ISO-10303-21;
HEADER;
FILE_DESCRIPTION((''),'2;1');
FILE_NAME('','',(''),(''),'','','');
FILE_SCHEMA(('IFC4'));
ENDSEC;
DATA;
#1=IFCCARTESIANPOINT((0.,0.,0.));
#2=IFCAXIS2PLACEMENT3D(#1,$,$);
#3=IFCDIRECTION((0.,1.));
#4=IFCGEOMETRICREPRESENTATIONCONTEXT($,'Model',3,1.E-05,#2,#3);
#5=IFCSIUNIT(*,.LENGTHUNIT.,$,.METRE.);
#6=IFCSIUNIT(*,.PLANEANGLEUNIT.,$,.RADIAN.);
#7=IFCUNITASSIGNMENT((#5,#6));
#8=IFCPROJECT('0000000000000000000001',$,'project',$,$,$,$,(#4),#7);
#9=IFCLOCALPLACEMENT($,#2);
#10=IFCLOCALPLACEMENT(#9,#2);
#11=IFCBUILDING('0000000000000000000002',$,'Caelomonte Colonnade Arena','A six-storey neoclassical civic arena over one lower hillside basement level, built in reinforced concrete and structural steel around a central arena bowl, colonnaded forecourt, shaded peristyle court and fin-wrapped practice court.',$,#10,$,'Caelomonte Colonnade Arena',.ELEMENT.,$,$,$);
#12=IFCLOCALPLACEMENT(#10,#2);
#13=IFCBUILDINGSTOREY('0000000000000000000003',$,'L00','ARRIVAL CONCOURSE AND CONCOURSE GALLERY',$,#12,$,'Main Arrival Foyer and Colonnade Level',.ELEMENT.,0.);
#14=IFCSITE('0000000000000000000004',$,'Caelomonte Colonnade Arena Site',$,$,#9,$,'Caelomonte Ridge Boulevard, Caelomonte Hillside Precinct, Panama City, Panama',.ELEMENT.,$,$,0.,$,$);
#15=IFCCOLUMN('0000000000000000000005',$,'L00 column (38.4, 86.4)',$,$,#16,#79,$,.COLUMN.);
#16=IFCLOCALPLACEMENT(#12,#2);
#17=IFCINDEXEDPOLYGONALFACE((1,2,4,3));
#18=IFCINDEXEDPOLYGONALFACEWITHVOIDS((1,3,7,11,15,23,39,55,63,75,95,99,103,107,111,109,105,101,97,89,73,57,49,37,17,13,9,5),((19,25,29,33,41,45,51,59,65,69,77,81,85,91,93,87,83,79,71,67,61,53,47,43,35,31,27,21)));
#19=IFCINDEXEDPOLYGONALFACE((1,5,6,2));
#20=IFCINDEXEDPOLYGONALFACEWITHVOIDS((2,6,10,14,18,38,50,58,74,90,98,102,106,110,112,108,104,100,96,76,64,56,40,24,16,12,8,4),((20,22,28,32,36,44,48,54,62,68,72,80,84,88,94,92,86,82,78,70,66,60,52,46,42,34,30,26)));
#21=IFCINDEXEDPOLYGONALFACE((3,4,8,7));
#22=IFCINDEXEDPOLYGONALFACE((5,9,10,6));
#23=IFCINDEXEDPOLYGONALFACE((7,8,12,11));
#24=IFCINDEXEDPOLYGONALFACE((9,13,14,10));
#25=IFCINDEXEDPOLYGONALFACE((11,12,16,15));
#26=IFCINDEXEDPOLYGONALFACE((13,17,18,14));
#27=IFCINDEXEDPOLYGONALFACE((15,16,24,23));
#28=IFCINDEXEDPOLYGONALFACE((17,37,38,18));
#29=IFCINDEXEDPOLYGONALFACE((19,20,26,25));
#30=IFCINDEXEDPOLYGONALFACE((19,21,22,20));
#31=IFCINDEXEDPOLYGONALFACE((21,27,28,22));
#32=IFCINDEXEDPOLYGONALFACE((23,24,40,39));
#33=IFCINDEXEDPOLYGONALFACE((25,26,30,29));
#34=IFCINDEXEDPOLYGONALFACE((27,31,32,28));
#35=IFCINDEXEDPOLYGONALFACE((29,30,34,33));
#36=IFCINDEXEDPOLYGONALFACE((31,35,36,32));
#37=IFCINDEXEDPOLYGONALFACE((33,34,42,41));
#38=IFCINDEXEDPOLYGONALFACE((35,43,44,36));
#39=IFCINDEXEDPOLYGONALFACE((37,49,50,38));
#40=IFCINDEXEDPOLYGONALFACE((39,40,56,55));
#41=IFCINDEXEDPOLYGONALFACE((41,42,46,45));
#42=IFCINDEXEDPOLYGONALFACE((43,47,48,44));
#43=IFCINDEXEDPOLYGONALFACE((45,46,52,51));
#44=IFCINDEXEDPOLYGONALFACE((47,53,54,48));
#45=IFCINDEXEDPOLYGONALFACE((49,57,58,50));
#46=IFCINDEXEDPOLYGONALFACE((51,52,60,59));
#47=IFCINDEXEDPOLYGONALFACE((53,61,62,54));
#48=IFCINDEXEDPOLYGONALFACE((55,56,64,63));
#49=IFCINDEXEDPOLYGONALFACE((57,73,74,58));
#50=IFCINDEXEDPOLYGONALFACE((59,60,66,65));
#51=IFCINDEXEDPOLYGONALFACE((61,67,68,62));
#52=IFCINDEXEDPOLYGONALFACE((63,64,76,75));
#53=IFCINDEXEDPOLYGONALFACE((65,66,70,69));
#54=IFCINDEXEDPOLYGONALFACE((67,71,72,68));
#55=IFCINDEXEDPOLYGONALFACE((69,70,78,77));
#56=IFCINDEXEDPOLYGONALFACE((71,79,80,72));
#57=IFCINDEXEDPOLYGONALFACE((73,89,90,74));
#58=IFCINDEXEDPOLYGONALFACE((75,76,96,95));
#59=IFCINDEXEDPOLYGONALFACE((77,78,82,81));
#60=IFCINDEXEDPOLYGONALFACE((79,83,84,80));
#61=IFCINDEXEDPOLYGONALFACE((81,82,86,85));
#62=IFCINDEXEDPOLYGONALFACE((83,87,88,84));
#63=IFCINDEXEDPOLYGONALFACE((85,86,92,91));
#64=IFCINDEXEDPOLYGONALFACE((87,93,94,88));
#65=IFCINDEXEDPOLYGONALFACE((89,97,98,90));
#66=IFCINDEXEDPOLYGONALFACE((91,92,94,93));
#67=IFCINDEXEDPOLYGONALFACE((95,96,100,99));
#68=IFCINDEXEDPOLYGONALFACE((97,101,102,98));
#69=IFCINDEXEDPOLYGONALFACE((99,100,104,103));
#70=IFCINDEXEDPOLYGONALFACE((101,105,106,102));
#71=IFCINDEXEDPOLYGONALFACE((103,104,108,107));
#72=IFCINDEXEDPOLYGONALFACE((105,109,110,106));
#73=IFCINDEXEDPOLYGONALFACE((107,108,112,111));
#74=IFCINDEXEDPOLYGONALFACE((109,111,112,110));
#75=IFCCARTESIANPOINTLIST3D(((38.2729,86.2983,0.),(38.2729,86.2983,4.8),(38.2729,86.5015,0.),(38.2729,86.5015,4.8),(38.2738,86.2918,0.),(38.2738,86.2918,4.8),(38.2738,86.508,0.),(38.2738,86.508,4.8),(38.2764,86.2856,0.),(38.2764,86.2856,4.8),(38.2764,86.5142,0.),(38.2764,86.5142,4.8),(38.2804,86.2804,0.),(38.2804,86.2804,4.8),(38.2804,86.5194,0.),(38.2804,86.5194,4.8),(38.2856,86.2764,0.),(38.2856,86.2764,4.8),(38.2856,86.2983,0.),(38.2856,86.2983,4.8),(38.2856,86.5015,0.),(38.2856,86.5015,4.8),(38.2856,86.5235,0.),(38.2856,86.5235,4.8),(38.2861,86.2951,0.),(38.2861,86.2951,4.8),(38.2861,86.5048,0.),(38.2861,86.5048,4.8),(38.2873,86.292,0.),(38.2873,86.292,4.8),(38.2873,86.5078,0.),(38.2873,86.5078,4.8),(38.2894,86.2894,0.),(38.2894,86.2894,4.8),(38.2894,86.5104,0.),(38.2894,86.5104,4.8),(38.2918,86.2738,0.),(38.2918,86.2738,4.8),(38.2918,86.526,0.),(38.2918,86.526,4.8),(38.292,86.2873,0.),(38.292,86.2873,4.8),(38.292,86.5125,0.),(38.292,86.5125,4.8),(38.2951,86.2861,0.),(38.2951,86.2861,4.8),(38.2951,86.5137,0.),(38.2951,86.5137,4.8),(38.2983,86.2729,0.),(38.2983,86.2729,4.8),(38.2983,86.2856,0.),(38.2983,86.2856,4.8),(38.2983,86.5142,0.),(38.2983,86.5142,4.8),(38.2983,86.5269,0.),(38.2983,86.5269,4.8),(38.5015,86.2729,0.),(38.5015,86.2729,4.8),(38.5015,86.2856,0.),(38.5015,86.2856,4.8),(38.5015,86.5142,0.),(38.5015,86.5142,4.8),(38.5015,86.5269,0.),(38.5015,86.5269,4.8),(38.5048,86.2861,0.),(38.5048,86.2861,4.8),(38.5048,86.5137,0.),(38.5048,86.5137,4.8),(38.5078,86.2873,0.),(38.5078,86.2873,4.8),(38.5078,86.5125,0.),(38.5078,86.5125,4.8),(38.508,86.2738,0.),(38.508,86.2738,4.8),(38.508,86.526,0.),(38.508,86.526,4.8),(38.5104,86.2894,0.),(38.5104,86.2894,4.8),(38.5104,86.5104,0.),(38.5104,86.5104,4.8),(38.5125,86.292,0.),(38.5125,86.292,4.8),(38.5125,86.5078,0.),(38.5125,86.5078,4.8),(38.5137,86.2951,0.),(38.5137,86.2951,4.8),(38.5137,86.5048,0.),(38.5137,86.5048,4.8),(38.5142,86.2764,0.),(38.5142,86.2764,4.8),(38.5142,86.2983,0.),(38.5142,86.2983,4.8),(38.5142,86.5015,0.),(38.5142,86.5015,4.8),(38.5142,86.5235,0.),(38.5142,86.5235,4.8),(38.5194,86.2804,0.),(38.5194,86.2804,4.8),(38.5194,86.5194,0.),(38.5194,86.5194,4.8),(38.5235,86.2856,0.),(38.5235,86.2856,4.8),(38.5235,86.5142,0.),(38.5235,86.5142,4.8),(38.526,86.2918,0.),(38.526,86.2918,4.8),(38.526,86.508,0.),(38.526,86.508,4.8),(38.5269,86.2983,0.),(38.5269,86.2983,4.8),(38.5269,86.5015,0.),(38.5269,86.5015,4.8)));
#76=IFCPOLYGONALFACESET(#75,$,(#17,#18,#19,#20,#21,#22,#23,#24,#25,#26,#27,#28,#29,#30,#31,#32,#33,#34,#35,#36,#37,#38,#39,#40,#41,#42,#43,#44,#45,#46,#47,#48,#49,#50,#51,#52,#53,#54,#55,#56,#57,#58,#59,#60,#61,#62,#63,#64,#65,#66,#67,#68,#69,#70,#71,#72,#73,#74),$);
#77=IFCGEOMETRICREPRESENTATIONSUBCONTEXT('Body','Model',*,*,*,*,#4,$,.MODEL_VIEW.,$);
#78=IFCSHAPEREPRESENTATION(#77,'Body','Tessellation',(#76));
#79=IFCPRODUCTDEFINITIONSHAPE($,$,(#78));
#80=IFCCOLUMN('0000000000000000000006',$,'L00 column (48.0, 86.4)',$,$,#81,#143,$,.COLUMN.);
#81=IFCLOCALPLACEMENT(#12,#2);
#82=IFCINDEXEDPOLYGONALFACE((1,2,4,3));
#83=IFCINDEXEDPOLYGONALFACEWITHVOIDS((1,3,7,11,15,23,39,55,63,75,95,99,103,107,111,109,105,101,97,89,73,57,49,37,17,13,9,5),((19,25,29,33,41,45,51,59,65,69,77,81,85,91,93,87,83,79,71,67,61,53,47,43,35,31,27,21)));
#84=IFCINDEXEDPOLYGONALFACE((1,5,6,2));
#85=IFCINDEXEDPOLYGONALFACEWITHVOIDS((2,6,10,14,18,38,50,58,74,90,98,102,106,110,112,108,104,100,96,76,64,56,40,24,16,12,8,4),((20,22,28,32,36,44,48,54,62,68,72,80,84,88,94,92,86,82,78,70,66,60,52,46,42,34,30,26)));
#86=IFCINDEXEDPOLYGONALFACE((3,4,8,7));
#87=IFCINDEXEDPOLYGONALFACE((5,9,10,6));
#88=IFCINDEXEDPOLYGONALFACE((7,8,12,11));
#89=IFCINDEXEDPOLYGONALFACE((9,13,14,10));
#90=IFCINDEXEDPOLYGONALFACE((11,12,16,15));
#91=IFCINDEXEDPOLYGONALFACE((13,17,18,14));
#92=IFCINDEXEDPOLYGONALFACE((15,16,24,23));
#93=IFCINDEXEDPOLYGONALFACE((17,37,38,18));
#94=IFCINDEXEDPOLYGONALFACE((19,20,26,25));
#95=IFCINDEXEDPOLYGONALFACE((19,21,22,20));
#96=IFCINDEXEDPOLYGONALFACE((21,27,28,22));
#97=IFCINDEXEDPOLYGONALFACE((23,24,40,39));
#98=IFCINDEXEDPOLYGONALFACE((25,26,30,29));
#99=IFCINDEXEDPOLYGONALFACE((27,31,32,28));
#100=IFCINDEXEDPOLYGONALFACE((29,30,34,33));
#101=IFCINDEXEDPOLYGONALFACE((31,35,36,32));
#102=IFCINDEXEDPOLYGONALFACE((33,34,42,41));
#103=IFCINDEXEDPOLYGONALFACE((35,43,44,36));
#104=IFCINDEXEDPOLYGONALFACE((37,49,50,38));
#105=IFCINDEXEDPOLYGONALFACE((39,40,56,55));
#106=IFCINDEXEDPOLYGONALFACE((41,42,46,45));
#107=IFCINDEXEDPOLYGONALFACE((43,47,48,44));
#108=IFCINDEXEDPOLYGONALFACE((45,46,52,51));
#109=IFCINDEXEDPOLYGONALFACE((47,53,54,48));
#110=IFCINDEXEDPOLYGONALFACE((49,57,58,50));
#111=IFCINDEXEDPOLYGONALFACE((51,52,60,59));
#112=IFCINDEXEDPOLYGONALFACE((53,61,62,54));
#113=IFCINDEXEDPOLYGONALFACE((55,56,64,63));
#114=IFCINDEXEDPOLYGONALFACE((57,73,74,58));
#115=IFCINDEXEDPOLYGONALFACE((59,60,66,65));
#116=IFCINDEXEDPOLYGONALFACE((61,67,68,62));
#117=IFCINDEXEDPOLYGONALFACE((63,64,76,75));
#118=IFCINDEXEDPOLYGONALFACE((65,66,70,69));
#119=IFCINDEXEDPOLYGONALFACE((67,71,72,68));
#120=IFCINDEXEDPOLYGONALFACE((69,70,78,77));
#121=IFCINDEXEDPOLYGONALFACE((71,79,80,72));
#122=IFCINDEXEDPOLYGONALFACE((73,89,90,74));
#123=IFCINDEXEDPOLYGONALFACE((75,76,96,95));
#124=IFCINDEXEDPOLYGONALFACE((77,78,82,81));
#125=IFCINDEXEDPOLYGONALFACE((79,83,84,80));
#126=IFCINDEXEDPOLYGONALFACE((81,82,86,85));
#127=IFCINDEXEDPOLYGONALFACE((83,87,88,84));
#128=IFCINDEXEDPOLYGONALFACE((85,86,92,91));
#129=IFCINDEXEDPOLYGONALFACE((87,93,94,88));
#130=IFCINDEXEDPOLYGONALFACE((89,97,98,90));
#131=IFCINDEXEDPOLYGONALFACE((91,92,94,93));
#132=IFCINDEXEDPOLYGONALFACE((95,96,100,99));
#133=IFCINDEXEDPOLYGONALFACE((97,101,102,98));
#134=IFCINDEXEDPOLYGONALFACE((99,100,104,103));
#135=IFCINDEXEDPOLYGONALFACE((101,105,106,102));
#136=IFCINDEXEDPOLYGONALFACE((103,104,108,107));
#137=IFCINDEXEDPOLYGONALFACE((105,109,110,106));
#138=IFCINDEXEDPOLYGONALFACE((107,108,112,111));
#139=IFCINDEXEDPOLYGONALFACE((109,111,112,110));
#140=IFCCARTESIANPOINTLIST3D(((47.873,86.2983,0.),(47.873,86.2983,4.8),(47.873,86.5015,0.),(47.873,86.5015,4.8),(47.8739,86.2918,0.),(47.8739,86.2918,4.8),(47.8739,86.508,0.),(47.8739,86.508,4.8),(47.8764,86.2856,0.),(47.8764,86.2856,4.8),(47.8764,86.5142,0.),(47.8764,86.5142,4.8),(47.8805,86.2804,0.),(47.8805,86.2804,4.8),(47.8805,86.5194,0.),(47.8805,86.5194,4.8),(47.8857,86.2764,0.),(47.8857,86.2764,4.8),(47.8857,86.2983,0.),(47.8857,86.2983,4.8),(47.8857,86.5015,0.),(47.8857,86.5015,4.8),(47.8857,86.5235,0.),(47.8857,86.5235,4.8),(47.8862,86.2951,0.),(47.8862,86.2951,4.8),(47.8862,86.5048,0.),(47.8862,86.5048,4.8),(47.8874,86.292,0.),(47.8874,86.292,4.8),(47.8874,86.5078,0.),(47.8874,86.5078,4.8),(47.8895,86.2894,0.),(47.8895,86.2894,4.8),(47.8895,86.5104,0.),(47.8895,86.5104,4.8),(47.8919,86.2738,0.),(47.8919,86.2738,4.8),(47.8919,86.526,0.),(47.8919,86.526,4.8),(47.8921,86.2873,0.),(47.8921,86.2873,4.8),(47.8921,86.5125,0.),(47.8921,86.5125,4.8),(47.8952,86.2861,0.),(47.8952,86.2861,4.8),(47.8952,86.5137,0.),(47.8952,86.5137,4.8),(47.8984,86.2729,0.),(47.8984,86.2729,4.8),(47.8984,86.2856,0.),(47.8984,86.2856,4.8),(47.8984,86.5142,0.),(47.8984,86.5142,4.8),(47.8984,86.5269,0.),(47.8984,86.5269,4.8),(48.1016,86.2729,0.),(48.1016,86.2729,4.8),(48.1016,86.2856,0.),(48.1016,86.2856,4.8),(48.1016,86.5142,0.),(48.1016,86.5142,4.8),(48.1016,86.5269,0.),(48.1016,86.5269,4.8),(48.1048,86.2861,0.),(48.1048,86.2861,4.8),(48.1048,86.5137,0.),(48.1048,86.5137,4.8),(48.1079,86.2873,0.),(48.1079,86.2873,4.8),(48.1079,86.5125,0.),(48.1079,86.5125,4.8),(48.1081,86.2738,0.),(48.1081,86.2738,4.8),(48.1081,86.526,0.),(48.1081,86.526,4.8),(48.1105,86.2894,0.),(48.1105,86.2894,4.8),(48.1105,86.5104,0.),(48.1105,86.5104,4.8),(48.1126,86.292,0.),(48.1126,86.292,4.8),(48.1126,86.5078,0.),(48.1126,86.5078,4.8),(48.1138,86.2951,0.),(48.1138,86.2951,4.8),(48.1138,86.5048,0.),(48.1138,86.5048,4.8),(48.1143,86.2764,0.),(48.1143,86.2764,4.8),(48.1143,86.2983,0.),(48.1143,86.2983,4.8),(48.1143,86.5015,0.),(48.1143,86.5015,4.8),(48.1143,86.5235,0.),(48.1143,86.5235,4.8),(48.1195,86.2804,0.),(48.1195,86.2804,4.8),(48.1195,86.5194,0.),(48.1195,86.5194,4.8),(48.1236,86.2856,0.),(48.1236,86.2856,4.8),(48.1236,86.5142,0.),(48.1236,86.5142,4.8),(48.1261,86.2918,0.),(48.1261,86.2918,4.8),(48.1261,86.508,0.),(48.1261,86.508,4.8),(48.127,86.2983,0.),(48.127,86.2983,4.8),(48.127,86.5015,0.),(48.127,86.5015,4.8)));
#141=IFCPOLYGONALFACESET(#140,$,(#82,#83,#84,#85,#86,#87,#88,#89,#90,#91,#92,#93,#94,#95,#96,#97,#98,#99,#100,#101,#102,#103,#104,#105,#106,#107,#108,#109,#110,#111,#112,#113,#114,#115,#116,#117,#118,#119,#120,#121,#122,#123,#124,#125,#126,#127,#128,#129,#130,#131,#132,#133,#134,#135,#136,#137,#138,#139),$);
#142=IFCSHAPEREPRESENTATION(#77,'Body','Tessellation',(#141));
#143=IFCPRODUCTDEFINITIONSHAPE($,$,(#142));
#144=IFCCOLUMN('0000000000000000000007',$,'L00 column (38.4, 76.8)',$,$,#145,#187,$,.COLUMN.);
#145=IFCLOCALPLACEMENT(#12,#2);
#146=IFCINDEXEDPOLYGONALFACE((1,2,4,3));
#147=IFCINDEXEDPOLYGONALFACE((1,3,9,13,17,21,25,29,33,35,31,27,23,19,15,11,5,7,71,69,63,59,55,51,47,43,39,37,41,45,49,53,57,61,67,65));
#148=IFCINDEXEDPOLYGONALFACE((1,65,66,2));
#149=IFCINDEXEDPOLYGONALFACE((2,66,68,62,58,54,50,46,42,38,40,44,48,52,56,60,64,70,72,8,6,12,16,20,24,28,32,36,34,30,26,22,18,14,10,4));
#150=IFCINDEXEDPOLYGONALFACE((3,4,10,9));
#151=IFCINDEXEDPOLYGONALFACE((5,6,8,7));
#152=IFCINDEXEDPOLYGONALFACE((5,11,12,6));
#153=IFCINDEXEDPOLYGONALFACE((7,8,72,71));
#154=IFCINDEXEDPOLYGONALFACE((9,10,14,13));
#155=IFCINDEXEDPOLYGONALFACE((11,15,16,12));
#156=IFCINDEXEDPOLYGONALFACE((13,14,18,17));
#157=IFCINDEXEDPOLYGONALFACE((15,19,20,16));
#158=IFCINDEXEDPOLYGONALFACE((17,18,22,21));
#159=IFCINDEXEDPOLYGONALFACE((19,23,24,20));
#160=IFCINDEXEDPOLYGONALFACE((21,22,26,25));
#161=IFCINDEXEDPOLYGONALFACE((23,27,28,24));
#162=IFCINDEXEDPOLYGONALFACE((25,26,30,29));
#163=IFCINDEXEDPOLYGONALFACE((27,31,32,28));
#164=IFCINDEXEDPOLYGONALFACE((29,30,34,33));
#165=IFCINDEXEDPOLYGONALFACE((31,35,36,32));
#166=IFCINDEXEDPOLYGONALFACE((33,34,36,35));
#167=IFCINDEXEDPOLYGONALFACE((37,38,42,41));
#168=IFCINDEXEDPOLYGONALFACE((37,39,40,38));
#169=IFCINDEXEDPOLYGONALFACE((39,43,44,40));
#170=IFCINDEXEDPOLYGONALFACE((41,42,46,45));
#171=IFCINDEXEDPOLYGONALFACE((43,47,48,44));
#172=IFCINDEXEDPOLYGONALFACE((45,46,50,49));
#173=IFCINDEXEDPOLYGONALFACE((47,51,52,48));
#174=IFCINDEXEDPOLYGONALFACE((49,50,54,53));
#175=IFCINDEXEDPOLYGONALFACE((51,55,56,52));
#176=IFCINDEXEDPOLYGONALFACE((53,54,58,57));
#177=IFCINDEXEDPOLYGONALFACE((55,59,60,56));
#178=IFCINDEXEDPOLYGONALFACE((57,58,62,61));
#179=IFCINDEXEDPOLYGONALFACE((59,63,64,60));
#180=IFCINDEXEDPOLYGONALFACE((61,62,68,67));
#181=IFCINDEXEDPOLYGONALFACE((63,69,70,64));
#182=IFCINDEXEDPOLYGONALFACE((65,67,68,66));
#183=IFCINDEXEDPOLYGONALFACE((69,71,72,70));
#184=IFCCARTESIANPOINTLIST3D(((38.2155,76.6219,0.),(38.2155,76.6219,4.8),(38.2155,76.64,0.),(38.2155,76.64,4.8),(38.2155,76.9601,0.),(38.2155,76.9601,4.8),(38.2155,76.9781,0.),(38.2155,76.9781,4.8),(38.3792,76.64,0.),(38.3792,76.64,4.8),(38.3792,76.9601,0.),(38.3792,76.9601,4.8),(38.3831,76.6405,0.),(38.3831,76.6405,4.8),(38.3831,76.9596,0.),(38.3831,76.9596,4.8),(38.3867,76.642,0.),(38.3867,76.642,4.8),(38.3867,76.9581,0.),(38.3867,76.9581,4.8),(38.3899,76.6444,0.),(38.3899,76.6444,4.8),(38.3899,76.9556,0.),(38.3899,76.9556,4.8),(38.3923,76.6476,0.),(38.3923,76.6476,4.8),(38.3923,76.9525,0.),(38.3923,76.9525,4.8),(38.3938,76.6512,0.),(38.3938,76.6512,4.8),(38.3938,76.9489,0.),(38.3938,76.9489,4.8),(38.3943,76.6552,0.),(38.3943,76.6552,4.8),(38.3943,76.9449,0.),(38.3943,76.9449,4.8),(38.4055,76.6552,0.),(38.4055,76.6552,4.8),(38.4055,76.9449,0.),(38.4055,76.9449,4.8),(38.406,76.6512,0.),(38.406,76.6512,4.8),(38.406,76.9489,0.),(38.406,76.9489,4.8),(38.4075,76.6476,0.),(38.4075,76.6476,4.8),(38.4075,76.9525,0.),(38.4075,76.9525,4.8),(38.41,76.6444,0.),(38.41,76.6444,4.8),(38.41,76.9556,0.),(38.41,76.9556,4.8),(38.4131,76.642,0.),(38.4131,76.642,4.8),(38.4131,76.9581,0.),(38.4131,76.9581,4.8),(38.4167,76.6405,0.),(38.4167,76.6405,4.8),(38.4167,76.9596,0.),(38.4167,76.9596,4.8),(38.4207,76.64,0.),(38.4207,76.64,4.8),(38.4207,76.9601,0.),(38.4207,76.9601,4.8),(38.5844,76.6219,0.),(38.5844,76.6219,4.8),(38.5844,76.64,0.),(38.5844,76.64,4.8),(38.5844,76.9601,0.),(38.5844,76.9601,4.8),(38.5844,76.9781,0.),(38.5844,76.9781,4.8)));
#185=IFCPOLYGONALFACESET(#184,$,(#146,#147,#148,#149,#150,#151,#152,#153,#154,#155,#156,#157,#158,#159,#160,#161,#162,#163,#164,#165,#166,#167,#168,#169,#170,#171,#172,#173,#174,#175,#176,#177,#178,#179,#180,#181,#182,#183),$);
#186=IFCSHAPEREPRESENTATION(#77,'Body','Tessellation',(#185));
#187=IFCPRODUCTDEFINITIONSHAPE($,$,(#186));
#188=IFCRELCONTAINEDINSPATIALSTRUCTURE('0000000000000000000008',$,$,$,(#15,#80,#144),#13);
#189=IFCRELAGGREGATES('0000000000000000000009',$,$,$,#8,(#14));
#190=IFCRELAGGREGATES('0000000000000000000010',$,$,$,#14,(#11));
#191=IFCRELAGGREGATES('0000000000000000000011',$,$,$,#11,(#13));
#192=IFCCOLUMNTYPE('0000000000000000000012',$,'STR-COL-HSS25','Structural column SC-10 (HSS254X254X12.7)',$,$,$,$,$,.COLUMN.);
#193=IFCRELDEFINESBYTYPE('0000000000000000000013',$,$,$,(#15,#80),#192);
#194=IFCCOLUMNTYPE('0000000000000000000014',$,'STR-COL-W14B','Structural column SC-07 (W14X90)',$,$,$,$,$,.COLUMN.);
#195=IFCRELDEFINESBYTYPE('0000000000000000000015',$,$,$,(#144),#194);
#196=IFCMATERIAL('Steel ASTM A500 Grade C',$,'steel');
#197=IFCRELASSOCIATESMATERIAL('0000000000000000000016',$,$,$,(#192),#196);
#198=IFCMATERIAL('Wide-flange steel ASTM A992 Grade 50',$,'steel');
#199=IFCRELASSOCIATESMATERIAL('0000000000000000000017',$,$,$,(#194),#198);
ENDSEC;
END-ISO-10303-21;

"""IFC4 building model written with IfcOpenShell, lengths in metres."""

from ifc_helpers import new_model, si_unit, direction, frame, origin, origin_2d, place, context, subcontext, project, spatial, hollow_rectangle, i_section, extrude, material, material_profile, profile_set, type_object, element, save


model = new_model("IFC4")

# Units and contexts
model_context = context("Model", 3, precision=1e-05, world=origin(), true_north=direction((0.0, 1.0)))
body_context = subcontext(model_context, "Body", "Model", "MODEL_VIEW")
ifc_project = project(units=[si_unit("LENGTHUNIT", "METRE"), si_unit("PLANEANGLEUNIT", "RADIAN")], contexts=[model_context])

# Site, building, storey
site_placement = place(None, origin())
site = spatial("IfcSite", under=ifc_project, at=site_placement, Name="Caelomonte Colonnade Arena Site", LongName="Caelomonte Ridge Boulevard, Caelomonte Hillside Precinct, Panama City, Panama", CompositionType="ELEMENT", RefElevation=0.0)
building_placement = place(site_placement, origin())
building = spatial("IfcBuilding", under=site, at=building_placement, Name="Caelomonte Colonnade Arena", Description="A six-storey neoclassical civic arena over one lower hillside basement level, built in reinforced concrete and structural steel around a central arena bowl, colonnaded forecourt, shaded peristyle court and fin-wrapped practice court.", LongName="Caelomonte Colonnade Arena", CompositionType="ELEMENT")
storey_placement = place(building_placement, origin())
storey = spatial("IfcBuildingStorey", under=building, at=storey_placement, Name="L00", Description="ARRIVAL CONCOURSE AND CONCOURSE GALLERY", LongName="Main Arrival Foyer and Colonnade Level", CompositionType="ELEMENT", Elevation=0.0)

# Columns
ifc_material_1 = material(Name="Steel ASTM A500 Grade C", Category="steel")
ifc_material_profile_1 = material_profile(ifc_material_1, hollow_rectangle(XDim=0.2539, YDim=0.2539, WallThickness=0.0127, InnerFilletRadius=0.0127, OuterFilletRadius=0.0254, at=origin_2d()), Name="HSS254X254X12.7")
ifc_profile_set_1 = profile_set([ifc_material_profile_1], Name="Steel ASTM A500 Grade C")
column_type_1 = type_object("IfcColumnType", Name="STR-COL-HSS25", Description="Structural column SC-10 (HSS254X254X12.7)", PredefinedType="COLUMN", material=ifc_profile_set_1)
for number, where, z_axis, x_axis, name in (
    (1, (38.3999, 86.3999, 0.0), (0.0, 0.0, 1.0), (1.0, 0.0, 0.0), "L00 column (38.4, 86.4)"),
    (2, (48.0, 86.3999, 0.0), (0.0, 0.0, 1.0), (1.0, 0.0, 0.0), "L00 column (48.0, 86.4)"),
):
    element("IfcColumn", number, at=place(storey_placement, frame(where, z_axis=z_axis, x_axis=x_axis)), inside=storey, type_object=column_type_1, Name=name, PredefinedType="COLUMN", context=body_context, shape_type="SweptSolid", body=[
        extrude(hollow_rectangle(XDim=0.2539, YDim=0.2539, WallThickness=0.0127, InnerFilletRadius=0.0127, OuterFilletRadius=0.0254, at=origin_2d()), origin(), (0.0, 0.0, 1.0), 4.8),
    ])
ifc_material_2 = material(Name="Wide-flange steel ASTM A992 Grade 50", Category="steel")
ifc_material_profile_2 = material_profile(ifc_material_2, i_section(OverallWidth=0.3689, OverallDepth=0.3562, WebThickness=0.0112, FlangeThickness=0.0181, FilletRadius=0.0151, at=origin_2d()), Name="W14X90")
ifc_profile_set_2 = profile_set([ifc_material_profile_2], Name="Wide-flange steel ASTM A992 Grade 50")
column_type_2 = type_object("IfcColumnType", Name="STR-COL-W14B", Description="Structural column SC-07 (W14X90)", PredefinedType="COLUMN", material=ifc_profile_set_2)
for number, where, z_axis, x_axis, name in (
    (3, (38.3999, 76.8, 0.0), (0.0, 0.0, 1.0), (1.0, 0.0, 0.0), "L00 column (38.4, 76.8)"),
):
    element("IfcColumn", number, at=place(storey_placement, frame(where, z_axis=z_axis, x_axis=x_axis)), inside=storey, type_object=column_type_2, Name=name, PredefinedType="COLUMN", context=body_context, shape_type="SweptSolid", body=[
        extrude(i_section(OverallWidth=0.3689, OverallDepth=0.3562, WebThickness=0.0112, FlangeThickness=0.0181, FilletRadius=0.0151, at=origin_2d()), origin(), (0.0, 0.0, 1.0), 4.8),
    ])

save(model, "model.ifc")
